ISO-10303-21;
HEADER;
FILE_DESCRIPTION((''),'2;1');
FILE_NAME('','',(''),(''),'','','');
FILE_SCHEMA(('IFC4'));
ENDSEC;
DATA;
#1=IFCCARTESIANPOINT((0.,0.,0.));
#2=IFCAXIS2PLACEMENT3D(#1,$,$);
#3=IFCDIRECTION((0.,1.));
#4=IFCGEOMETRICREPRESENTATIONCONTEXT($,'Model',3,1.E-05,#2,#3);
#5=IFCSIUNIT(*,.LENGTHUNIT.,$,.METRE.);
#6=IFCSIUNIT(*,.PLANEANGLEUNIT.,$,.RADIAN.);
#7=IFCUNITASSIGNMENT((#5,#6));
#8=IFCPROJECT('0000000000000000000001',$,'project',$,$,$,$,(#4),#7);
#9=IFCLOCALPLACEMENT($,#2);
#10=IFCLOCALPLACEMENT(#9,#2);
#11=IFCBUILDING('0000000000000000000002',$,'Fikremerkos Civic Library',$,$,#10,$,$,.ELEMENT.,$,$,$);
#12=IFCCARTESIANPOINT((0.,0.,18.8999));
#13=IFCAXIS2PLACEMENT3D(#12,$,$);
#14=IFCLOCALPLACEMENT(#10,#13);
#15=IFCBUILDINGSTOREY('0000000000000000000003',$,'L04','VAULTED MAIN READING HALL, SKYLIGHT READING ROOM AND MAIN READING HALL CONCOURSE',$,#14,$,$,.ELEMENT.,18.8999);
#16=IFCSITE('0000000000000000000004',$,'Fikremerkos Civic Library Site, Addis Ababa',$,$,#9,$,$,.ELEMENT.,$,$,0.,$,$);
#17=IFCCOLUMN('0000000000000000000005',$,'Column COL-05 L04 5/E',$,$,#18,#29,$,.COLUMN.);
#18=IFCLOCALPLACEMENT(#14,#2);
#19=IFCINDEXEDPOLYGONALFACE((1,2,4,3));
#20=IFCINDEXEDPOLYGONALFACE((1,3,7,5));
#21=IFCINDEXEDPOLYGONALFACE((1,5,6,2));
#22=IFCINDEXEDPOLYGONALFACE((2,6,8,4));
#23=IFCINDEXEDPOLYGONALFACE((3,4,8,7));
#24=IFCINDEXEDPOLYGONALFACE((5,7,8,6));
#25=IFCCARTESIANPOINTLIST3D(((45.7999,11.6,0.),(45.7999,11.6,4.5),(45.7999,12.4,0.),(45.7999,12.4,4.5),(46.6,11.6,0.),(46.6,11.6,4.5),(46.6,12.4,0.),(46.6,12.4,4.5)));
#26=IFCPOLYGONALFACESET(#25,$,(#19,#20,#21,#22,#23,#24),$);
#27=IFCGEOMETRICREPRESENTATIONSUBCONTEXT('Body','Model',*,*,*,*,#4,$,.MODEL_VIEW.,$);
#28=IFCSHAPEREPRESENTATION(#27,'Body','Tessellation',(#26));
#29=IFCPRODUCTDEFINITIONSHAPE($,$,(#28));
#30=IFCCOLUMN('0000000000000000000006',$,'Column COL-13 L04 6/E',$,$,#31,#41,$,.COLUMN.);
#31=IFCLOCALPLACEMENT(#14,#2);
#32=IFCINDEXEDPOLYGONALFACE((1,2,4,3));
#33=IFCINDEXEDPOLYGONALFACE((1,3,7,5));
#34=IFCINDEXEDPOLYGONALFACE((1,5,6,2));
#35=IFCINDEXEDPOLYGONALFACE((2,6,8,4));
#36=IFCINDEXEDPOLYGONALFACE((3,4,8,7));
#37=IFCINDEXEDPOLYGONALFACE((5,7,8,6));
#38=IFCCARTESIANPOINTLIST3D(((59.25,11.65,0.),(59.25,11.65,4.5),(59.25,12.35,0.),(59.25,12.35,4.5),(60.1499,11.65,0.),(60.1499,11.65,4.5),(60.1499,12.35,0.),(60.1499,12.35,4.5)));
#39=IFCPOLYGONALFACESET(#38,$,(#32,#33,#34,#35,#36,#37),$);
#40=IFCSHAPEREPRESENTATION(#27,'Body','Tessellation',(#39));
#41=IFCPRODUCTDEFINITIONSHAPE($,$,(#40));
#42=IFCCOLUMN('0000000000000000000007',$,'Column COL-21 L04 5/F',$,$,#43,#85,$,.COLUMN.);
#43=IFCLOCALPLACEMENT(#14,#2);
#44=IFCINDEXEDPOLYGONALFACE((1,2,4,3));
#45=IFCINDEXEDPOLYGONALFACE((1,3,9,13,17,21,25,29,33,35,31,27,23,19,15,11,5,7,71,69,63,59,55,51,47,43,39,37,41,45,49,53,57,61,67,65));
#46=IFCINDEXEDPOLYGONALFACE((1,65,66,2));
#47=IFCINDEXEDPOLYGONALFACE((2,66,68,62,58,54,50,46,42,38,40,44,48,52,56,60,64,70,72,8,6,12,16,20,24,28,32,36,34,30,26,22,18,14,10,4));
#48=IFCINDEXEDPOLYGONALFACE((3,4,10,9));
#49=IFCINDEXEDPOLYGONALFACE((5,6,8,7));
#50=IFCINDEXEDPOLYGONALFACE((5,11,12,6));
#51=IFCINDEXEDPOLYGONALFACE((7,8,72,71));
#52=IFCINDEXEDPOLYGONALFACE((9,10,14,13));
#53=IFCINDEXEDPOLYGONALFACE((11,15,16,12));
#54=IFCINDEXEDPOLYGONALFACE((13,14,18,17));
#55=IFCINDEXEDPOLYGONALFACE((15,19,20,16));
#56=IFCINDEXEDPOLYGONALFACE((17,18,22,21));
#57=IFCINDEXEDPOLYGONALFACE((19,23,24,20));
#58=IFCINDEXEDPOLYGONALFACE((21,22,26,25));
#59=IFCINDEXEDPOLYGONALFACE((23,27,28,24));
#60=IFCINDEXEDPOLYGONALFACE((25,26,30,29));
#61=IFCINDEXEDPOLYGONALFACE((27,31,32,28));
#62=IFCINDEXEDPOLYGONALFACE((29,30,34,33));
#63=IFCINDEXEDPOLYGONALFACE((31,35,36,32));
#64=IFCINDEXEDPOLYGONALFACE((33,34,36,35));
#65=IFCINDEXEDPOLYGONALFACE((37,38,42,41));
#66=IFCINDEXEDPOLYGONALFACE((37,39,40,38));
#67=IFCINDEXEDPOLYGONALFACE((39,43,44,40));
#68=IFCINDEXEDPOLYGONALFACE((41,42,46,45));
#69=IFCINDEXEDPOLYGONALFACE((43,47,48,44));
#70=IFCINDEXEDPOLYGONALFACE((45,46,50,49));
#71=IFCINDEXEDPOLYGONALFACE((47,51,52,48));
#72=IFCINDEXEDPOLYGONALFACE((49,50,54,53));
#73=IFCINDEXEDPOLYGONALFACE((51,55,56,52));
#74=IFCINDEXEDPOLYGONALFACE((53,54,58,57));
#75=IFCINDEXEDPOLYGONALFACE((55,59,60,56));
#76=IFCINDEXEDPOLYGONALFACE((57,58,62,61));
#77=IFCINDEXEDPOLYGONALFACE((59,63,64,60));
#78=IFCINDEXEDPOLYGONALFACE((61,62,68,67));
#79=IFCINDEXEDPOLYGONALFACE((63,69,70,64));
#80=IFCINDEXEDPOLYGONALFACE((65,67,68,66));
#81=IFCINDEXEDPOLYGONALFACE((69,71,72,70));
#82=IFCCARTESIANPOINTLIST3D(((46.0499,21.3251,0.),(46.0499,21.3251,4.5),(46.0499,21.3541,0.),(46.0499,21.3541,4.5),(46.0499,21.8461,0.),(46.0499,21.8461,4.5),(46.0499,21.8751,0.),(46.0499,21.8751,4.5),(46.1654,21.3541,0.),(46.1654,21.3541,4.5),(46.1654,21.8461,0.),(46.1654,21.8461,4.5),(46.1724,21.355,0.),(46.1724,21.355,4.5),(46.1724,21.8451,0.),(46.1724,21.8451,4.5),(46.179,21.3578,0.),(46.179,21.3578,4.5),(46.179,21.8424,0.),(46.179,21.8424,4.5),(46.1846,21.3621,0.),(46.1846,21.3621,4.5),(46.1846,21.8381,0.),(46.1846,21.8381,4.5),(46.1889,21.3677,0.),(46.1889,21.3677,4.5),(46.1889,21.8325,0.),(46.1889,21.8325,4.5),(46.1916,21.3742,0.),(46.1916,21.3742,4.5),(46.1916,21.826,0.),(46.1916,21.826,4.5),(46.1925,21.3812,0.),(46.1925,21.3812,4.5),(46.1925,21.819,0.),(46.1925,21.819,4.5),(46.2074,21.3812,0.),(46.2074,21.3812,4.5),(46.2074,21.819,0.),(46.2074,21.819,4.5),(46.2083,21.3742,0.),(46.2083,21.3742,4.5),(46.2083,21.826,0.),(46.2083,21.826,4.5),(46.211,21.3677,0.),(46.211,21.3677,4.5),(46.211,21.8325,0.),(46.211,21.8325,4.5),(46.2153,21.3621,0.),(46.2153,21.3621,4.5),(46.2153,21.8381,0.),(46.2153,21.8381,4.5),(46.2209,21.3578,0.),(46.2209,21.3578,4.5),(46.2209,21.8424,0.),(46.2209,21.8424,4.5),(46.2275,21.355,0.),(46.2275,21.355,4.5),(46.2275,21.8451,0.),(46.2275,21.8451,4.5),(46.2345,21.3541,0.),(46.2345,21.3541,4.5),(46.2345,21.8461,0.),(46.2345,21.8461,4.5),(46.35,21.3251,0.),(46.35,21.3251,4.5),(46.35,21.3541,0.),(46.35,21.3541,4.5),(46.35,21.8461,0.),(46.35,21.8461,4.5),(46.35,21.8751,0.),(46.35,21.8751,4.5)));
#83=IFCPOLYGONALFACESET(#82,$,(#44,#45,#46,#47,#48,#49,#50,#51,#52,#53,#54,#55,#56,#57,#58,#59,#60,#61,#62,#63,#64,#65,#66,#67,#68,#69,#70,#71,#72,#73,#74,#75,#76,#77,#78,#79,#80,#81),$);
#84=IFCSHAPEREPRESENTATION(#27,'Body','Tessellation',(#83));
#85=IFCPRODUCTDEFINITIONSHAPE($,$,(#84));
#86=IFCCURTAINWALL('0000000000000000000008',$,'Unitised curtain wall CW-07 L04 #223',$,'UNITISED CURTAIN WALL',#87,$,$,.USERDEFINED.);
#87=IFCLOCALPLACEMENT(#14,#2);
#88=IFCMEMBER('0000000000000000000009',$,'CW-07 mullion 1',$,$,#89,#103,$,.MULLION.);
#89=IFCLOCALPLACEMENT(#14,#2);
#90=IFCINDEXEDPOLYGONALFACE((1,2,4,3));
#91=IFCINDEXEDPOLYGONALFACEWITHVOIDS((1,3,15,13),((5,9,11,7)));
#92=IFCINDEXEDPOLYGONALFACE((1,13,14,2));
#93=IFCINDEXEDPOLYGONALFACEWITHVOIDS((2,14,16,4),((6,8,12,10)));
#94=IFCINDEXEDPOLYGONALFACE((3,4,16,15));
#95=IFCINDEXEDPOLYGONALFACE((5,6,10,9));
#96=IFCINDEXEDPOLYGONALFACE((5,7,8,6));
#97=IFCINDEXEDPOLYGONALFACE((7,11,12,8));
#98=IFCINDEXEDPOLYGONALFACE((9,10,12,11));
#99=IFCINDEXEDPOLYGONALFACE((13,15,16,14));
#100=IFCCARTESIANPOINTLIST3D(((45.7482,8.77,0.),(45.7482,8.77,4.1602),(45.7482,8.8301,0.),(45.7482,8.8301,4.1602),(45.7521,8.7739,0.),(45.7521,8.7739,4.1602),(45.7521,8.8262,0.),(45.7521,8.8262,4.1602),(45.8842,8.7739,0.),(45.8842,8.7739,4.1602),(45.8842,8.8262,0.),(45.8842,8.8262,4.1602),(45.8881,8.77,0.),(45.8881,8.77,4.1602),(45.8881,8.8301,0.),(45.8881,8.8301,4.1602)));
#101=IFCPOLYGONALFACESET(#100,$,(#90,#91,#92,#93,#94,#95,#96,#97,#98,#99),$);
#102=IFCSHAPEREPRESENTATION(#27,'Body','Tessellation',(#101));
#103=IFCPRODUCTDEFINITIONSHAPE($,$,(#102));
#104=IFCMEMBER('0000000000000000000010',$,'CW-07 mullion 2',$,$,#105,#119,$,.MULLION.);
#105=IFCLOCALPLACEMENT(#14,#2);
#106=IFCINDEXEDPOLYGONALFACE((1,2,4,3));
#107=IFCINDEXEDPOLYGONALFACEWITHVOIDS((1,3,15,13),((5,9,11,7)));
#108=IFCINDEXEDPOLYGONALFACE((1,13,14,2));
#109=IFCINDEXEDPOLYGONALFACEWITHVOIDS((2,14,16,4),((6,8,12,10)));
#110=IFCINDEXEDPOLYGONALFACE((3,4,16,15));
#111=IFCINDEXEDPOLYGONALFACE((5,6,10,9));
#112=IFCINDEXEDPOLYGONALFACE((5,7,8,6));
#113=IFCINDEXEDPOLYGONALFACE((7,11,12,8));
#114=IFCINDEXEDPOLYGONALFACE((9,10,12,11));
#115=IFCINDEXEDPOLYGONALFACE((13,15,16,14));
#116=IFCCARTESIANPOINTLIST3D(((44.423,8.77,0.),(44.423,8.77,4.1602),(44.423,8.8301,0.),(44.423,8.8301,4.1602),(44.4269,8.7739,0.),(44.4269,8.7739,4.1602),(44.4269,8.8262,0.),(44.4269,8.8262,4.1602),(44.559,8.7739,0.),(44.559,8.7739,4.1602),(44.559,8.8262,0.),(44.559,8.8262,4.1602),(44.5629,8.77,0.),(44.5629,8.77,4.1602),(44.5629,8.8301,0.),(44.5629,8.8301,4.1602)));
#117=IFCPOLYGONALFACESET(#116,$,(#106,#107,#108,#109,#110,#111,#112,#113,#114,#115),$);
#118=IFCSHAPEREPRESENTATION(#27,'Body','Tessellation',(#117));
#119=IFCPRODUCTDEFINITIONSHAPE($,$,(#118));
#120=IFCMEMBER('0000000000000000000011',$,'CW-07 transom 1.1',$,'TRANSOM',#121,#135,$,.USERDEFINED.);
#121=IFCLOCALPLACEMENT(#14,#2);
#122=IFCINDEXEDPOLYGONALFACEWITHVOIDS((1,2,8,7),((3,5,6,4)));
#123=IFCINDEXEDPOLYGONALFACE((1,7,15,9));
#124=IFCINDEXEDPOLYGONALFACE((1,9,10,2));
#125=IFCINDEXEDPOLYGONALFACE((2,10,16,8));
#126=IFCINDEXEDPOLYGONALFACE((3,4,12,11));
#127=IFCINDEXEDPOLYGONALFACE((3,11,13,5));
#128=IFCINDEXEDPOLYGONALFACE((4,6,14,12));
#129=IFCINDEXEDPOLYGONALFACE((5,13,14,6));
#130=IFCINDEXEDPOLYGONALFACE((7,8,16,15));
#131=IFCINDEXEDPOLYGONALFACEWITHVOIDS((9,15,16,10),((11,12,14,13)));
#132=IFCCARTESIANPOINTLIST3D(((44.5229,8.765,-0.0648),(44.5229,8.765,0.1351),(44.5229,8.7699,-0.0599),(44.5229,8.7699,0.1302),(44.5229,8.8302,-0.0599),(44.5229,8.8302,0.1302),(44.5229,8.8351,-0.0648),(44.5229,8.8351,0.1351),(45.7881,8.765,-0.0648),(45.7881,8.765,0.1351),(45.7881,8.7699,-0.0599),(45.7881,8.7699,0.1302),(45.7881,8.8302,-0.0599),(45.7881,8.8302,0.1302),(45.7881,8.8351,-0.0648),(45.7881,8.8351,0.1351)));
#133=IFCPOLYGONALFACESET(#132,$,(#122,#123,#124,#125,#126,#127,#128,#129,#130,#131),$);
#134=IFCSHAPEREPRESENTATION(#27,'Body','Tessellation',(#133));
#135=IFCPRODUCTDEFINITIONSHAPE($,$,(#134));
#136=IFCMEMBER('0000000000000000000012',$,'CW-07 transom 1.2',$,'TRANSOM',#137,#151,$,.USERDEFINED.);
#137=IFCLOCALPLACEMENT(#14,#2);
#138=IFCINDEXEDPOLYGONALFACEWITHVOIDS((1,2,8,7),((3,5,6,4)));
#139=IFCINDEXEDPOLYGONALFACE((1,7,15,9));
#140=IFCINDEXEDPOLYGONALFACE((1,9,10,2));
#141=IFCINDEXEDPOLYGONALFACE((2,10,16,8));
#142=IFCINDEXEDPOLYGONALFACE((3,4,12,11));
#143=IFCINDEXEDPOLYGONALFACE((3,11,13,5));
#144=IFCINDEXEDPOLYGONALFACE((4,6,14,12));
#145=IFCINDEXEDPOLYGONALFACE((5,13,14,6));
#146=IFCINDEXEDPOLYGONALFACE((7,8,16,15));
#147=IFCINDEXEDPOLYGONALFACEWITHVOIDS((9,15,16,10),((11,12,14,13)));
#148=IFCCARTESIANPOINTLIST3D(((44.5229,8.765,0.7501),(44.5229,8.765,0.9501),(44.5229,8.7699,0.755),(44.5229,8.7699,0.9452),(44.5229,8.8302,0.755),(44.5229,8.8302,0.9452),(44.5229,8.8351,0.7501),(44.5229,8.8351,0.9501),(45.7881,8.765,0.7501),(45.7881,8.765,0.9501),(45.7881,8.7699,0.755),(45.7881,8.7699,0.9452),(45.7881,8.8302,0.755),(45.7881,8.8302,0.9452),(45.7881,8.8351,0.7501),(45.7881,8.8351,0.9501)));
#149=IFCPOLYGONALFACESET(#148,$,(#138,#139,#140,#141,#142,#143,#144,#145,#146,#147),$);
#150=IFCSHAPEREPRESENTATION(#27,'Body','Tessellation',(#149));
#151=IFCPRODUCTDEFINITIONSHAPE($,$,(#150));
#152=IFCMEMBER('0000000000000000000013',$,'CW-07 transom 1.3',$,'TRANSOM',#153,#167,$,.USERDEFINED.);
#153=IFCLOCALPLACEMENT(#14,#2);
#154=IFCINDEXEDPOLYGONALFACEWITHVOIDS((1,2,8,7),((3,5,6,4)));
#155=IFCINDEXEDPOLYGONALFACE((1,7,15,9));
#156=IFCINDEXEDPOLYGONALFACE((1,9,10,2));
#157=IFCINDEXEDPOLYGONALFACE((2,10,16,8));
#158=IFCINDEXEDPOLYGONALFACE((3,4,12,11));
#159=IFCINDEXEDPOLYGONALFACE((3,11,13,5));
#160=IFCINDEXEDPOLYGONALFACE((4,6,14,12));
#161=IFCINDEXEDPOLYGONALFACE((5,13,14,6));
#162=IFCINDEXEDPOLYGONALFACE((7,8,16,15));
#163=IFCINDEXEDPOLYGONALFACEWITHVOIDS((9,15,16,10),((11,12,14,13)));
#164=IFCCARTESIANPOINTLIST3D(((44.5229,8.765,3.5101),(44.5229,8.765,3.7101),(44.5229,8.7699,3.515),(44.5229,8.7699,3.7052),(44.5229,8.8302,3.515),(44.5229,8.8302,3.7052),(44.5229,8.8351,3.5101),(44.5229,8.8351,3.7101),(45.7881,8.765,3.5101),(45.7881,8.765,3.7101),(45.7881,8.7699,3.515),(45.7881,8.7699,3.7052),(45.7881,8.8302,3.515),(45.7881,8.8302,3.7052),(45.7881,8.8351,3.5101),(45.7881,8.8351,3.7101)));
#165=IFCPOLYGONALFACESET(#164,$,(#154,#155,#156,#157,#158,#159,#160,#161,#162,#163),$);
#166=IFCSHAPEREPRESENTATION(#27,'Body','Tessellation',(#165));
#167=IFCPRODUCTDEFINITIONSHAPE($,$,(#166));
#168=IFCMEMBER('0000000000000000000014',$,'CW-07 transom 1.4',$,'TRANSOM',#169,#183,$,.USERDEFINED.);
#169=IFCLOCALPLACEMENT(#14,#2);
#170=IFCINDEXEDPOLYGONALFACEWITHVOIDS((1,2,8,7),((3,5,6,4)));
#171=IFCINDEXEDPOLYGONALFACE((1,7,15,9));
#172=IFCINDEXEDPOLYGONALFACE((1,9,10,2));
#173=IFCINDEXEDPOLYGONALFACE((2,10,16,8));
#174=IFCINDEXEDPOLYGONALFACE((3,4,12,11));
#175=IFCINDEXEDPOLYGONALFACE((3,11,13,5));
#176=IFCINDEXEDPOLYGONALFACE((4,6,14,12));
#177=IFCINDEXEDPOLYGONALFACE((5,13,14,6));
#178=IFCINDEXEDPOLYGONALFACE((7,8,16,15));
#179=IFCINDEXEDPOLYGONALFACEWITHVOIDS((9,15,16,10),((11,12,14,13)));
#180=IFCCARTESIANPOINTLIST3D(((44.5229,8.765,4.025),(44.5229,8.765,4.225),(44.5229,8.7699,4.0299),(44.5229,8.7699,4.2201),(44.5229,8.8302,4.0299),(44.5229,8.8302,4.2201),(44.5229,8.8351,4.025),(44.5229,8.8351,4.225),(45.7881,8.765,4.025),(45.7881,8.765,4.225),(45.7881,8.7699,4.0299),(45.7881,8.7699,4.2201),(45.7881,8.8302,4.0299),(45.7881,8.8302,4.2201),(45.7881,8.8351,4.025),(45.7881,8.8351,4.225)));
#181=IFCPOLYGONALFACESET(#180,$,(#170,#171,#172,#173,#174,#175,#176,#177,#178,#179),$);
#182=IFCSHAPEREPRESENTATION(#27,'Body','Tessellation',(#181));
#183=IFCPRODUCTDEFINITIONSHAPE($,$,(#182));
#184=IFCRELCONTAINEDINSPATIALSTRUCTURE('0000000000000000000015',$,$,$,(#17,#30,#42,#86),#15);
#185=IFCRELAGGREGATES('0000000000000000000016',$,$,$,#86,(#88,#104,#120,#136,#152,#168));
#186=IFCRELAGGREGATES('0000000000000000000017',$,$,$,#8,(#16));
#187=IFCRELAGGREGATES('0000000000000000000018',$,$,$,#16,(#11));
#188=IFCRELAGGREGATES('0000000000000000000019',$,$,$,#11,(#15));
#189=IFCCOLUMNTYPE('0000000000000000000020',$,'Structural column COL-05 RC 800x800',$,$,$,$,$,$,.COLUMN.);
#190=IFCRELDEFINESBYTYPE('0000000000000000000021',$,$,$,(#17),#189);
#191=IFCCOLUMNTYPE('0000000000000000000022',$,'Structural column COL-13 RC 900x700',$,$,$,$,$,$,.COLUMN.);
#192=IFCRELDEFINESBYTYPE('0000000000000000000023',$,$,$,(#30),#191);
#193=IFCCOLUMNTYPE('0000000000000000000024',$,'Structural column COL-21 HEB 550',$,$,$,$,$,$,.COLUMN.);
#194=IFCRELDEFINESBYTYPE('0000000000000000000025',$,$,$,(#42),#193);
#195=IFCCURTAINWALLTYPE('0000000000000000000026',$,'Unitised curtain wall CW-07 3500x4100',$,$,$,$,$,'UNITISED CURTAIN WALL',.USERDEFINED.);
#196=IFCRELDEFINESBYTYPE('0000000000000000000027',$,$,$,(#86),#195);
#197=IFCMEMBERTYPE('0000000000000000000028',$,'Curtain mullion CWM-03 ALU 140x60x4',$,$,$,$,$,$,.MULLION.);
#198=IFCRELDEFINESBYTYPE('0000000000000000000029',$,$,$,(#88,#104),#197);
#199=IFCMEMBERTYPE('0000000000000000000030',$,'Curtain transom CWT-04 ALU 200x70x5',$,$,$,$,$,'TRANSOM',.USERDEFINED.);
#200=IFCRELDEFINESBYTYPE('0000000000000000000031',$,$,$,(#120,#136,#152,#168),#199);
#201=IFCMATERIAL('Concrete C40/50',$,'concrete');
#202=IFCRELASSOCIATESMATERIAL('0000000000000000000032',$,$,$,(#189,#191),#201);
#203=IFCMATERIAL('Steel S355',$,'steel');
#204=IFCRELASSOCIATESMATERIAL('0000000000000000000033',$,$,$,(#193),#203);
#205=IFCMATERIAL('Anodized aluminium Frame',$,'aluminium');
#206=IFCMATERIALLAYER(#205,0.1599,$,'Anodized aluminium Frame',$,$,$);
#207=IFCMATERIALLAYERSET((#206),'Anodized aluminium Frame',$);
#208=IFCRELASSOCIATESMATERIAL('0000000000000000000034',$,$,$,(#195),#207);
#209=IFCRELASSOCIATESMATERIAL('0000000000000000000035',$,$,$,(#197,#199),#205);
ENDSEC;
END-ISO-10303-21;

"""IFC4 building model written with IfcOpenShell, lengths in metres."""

from ifc_helpers import new_model, si_unit, direction, frame, origin, origin_2d, place, context, subcontext, project, spatial, rectangle, hollow_rectangle, i_section, extrude, material, layer, layer_set, material_profile, profile_set, type_object, element, aggregate, save


model = new_model("IFC4")

# Units and contexts
model_context = context("Model", 3, precision=1e-05, world=origin(), true_north=direction((0.0, 1.0)))
body_context = subcontext(model_context, "Body", "Model", "MODEL_VIEW")
ifc_project = project(units=[si_unit("LENGTHUNIT", "METRE"), si_unit("PLANEANGLEUNIT", "RADIAN")], contexts=[model_context])

# Site, building, storey
site_placement = place(None, origin())
site = spatial("IfcSite", under=ifc_project, at=site_placement, Name="Fikremerkos Civic Library Site, Addis Ababa", CompositionType="ELEMENT", RefElevation=0.0)
building_placement = place(site_placement, origin())
building = spatial("IfcBuilding", under=site, at=building_placement, Name="Fikremerkos Civic Library", CompositionType="ELEMENT")
storey_placement = place(building_placement, frame((0.0, 0.0, 18.8999)))
storey = spatial("IfcBuildingStorey", under=building, at=storey_placement, Name="L04", Description="VAULTED MAIN READING HALL, SKYLIGHT READING ROOM AND MAIN READING HALL CONCOURSE", CompositionType="ELEMENT", Elevation=18.8999)

# Columns
ifc_material_1 = material(Name="Concrete C40/50", Category="concrete")
ifc_material_profile_1 = material_profile(ifc_material_1, rectangle(XDim=0.8, YDim=0.8, at=origin_2d()), Name="RC 800x800")
ifc_profile_set_1 = profile_set([ifc_material_profile_1], Name="Concrete C40/50")
column_type_1 = type_object("IfcColumnType", Name="Structural column COL-05 RC 800x800", PredefinedType="COLUMN", material=ifc_profile_set_1)
column_1_placement = place(storey_placement, frame((46.2, 12.0, 0.0), z_axis=(0.0, 0.0, 1.0), x_axis=(1.0, 0.0, 0.0)))
element("IfcColumn", 1, at=column_1_placement, inside=storey, type_object=column_type_1, Name="Column COL-05 L04 5/E", PredefinedType="COLUMN", context=body_context, shape_type="SweptSolid", body=[
    extrude(rectangle(XDim=0.8, YDim=0.8, at=origin_2d()), origin(), (0.0, 0.0, 1.0), 4.5),
])
ifc_material_profile_2 = material_profile(ifc_material_1, rectangle(XDim=0.8999, YDim=0.7, at=origin_2d()), Name="RC 900x700")
ifc_profile_set_2 = profile_set([ifc_material_profile_2], Name="Concrete C40/50")
column_type_2 = type_object("IfcColumnType", Name="Structural column COL-13 RC 900x700", PredefinedType="COLUMN", material=ifc_profile_set_2)
column_2_placement = place(storey_placement, frame((59.7, 12.0, 0.0), z_axis=(0.0, 0.0, 1.0), x_axis=(1.0, 0.0, 0.0)))
element("IfcColumn", 2, at=column_2_placement, inside=storey, type_object=column_type_2, Name="Column COL-13 L04 6/E", PredefinedType="COLUMN", context=body_context, shape_type="SweptSolid", body=[
    extrude(rectangle(XDim=0.8999, YDim=0.7, at=origin_2d()), origin(), (0.0, 0.0, 1.0), 4.5),
])
ifc_material_2 = material(Name="Steel S355", Category="steel")
ifc_material_profile_3 = material_profile(ifc_material_2, i_section(OverallWidth=0.3, OverallDepth=0.55, WebThickness=0.0149, FlangeThickness=0.0291, FilletRadius=0.0271, at=origin_2d()), Name="HEB 550")
ifc_profile_set_3 = profile_set([ifc_material_profile_3], Name="Steel S355")
column_type_3 = type_object("IfcColumnType", Name="Structural column COL-21 HEB 550", PredefinedType="COLUMN", material=ifc_profile_set_3)
column_3_placement = place(storey_placement, frame((46.2, 21.6001, 0.0), z_axis=(0.0, 0.0, 1.0), x_axis=(1.0, 0.0, 0.0)))
element("IfcColumn", 3, at=column_3_placement, inside=storey, type_object=column_type_3, Name="Column COL-21 L04 5/F", PredefinedType="COLUMN", context=body_context, shape_type="SweptSolid", body=[
    extrude(i_section(OverallWidth=0.3, OverallDepth=0.55, WebThickness=0.0149, FlangeThickness=0.0291, FilletRadius=0.0271, at=origin_2d()), origin(), (0.0, 0.0, 1.0), 4.5),
])

# Curtain wall, members
ifc_material_3 = material(Name="Anodized aluminium Frame", Category="aluminium")
ifc_layer_1 = layer(ifc_material_3, 0.1599, Name="Anodized aluminium Frame")
ifc_layer_set_1 = layer_set([ifc_layer_1], Name="Anodized aluminium Frame")
curtain_wall_type = type_object("IfcCurtainWallType", Name="Unitised curtain wall CW-07 3500x4100", ElementType="UNITISED CURTAIN WALL", PredefinedType="USERDEFINED", material=ifc_layer_set_1)
curtain_wall_placement = place(storey_placement, origin())
curtain_wall = element("IfcCurtainWall", 4, at=curtain_wall_placement, inside=storey, type_object=curtain_wall_type, Name="Unitised curtain wall CW-07 L04 #223", ObjectType="UNITISED CURTAIN WALL", PredefinedType="USERDEFINED")
ifc_material_profile_4 = material_profile(ifc_material_3, hollow_rectangle(XDim=0.0601, YDim=0.1399, WallThickness=0.0039, at=origin_2d()), Name="ALU 140x60x4")
ifc_profile_set_4 = profile_set([ifc_material_profile_4], Name="Anodized aluminium Frame")
member_type_1 = type_object("IfcMemberType", Name="Curtain mullion CWM-03 ALU 140x60x4", PredefinedType="MULLION", material=ifc_profile_set_4)
member_1_placement = place(storey_placement, frame((45.8181, 8.8, 0.0), z_axis=(0.0, 0.0, 1.0), x_axis=(0.0, -1.0, 0.0)))
member_1 = element("IfcMember", 5, at=member_1_placement, type_object=member_type_1, Name="CW-07 mullion 1", PredefinedType="MULLION", context=body_context, shape_type="SweptSolid", body=[
    extrude(hollow_rectangle(XDim=0.0601, YDim=0.1399, WallThickness=0.0039, at=origin_2d()), origin(), (0.0, 0.0, 1.0), 4.1602),
])
member_2_placement = place(storey_placement, frame((44.4929, 8.8, 0.0), z_axis=(0.0, 0.0, 1.0), x_axis=(0.0, -1.0, 0.0)))
member_2 = element("IfcMember", 6, at=member_2_placement, type_object=member_type_1, Name="CW-07 mullion 2", PredefinedType="MULLION", context=body_context, shape_type="SweptSolid", body=[
    extrude(hollow_rectangle(XDim=0.0601, YDim=0.1399, WallThickness=0.0039, at=origin_2d()), origin(), (0.0, 0.0, 1.0), 4.1602),
])
ifc_material_profile_5 = material_profile(ifc_material_3, hollow_rectangle(XDim=0.0701, YDim=0.2, WallThickness=0.0049, at=origin_2d()), Name="ALU 200x70x5")
ifc_profile_set_5 = profile_set([ifc_material_profile_5], Name="Anodized aluminium Frame")
member_type_2 = type_object("IfcMemberType", Name="Curtain transom CWT-04 ALU 200x70x5", ElementType="TRANSOM", PredefinedType="USERDEFINED", material=ifc_profile_set_5)
member_3_placement = place(storey_placement, frame((45.7881, 8.8, 0.0352), z_axis=(-1.0, 0.0, 0.0), x_axis=(0.0, -1.0, 0.0)))
member_3 = element("IfcMember", 7, at=member_3_placement, type_object=member_type_2, Name="CW-07 transom 1.1", ObjectType="TRANSOM", PredefinedType="USERDEFINED", context=body_context, shape_type="SweptSolid", body=[
    extrude(hollow_rectangle(XDim=0.0701, YDim=0.2, WallThickness=0.0049, at=origin_2d()), origin(), (0.0, 0.0, 1.0), 1.2651),
])
member_4_placement = place(storey_placement, frame((45.7881, 8.8, 0.8501), z_axis=(-1.0, 0.0, 0.0), x_axis=(0.0, -1.0, 0.0)))
member_4 = element("IfcMember", 8, at=member_4_placement, type_object=member_type_2, Name="CW-07 transom 1.2", ObjectType="TRANSOM", PredefinedType="USERDEFINED", context=body_context, shape_type="SweptSolid", body=[
    extrude(hollow_rectangle(XDim=0.0701, YDim=0.2, WallThickness=0.0049, at=origin_2d()), origin(), (0.0, 0.0, 1.0), 1.2651),
])
member_5_placement = place(storey_placement, frame((45.7881, 8.8, 3.6101), z_axis=(-1.0, 0.0, 0.0), x_axis=(0.0, -1.0, 0.0)))
member_5 = element("IfcMember", 9, at=member_5_placement, type_object=member_type_2, Name="CW-07 transom 1.3", ObjectType="TRANSOM", PredefinedType="USERDEFINED", context=body_context, shape_type="SweptSolid", body=[
    extrude(hollow_rectangle(XDim=0.0701, YDim=0.2, WallThickness=0.0049, at=origin_2d()), origin(), (0.0, 0.0, 1.0), 1.2651),
])
member_6_placement = place(storey_placement, frame((45.7881, 8.8, 4.125), z_axis=(-1.0, 0.0, 0.0), x_axis=(0.0, -1.0, 0.0)))
member_6 = element("IfcMember", 10, at=member_6_placement, type_object=member_type_2, Name="CW-07 transom 1.4", ObjectType="TRANSOM", PredefinedType="USERDEFINED", context=body_context, shape_type="SweptSolid", body=[
    extrude(hollow_rectangle(XDim=0.0701, YDim=0.2, WallThickness=0.0049, at=origin_2d()), origin(), (0.0, 0.0, 1.0), 1.2651),
])

aggregate(curtain_wall, [member_1, member_2, member_3, member_4, member_5, member_6])

save(model, "model.ifc")
